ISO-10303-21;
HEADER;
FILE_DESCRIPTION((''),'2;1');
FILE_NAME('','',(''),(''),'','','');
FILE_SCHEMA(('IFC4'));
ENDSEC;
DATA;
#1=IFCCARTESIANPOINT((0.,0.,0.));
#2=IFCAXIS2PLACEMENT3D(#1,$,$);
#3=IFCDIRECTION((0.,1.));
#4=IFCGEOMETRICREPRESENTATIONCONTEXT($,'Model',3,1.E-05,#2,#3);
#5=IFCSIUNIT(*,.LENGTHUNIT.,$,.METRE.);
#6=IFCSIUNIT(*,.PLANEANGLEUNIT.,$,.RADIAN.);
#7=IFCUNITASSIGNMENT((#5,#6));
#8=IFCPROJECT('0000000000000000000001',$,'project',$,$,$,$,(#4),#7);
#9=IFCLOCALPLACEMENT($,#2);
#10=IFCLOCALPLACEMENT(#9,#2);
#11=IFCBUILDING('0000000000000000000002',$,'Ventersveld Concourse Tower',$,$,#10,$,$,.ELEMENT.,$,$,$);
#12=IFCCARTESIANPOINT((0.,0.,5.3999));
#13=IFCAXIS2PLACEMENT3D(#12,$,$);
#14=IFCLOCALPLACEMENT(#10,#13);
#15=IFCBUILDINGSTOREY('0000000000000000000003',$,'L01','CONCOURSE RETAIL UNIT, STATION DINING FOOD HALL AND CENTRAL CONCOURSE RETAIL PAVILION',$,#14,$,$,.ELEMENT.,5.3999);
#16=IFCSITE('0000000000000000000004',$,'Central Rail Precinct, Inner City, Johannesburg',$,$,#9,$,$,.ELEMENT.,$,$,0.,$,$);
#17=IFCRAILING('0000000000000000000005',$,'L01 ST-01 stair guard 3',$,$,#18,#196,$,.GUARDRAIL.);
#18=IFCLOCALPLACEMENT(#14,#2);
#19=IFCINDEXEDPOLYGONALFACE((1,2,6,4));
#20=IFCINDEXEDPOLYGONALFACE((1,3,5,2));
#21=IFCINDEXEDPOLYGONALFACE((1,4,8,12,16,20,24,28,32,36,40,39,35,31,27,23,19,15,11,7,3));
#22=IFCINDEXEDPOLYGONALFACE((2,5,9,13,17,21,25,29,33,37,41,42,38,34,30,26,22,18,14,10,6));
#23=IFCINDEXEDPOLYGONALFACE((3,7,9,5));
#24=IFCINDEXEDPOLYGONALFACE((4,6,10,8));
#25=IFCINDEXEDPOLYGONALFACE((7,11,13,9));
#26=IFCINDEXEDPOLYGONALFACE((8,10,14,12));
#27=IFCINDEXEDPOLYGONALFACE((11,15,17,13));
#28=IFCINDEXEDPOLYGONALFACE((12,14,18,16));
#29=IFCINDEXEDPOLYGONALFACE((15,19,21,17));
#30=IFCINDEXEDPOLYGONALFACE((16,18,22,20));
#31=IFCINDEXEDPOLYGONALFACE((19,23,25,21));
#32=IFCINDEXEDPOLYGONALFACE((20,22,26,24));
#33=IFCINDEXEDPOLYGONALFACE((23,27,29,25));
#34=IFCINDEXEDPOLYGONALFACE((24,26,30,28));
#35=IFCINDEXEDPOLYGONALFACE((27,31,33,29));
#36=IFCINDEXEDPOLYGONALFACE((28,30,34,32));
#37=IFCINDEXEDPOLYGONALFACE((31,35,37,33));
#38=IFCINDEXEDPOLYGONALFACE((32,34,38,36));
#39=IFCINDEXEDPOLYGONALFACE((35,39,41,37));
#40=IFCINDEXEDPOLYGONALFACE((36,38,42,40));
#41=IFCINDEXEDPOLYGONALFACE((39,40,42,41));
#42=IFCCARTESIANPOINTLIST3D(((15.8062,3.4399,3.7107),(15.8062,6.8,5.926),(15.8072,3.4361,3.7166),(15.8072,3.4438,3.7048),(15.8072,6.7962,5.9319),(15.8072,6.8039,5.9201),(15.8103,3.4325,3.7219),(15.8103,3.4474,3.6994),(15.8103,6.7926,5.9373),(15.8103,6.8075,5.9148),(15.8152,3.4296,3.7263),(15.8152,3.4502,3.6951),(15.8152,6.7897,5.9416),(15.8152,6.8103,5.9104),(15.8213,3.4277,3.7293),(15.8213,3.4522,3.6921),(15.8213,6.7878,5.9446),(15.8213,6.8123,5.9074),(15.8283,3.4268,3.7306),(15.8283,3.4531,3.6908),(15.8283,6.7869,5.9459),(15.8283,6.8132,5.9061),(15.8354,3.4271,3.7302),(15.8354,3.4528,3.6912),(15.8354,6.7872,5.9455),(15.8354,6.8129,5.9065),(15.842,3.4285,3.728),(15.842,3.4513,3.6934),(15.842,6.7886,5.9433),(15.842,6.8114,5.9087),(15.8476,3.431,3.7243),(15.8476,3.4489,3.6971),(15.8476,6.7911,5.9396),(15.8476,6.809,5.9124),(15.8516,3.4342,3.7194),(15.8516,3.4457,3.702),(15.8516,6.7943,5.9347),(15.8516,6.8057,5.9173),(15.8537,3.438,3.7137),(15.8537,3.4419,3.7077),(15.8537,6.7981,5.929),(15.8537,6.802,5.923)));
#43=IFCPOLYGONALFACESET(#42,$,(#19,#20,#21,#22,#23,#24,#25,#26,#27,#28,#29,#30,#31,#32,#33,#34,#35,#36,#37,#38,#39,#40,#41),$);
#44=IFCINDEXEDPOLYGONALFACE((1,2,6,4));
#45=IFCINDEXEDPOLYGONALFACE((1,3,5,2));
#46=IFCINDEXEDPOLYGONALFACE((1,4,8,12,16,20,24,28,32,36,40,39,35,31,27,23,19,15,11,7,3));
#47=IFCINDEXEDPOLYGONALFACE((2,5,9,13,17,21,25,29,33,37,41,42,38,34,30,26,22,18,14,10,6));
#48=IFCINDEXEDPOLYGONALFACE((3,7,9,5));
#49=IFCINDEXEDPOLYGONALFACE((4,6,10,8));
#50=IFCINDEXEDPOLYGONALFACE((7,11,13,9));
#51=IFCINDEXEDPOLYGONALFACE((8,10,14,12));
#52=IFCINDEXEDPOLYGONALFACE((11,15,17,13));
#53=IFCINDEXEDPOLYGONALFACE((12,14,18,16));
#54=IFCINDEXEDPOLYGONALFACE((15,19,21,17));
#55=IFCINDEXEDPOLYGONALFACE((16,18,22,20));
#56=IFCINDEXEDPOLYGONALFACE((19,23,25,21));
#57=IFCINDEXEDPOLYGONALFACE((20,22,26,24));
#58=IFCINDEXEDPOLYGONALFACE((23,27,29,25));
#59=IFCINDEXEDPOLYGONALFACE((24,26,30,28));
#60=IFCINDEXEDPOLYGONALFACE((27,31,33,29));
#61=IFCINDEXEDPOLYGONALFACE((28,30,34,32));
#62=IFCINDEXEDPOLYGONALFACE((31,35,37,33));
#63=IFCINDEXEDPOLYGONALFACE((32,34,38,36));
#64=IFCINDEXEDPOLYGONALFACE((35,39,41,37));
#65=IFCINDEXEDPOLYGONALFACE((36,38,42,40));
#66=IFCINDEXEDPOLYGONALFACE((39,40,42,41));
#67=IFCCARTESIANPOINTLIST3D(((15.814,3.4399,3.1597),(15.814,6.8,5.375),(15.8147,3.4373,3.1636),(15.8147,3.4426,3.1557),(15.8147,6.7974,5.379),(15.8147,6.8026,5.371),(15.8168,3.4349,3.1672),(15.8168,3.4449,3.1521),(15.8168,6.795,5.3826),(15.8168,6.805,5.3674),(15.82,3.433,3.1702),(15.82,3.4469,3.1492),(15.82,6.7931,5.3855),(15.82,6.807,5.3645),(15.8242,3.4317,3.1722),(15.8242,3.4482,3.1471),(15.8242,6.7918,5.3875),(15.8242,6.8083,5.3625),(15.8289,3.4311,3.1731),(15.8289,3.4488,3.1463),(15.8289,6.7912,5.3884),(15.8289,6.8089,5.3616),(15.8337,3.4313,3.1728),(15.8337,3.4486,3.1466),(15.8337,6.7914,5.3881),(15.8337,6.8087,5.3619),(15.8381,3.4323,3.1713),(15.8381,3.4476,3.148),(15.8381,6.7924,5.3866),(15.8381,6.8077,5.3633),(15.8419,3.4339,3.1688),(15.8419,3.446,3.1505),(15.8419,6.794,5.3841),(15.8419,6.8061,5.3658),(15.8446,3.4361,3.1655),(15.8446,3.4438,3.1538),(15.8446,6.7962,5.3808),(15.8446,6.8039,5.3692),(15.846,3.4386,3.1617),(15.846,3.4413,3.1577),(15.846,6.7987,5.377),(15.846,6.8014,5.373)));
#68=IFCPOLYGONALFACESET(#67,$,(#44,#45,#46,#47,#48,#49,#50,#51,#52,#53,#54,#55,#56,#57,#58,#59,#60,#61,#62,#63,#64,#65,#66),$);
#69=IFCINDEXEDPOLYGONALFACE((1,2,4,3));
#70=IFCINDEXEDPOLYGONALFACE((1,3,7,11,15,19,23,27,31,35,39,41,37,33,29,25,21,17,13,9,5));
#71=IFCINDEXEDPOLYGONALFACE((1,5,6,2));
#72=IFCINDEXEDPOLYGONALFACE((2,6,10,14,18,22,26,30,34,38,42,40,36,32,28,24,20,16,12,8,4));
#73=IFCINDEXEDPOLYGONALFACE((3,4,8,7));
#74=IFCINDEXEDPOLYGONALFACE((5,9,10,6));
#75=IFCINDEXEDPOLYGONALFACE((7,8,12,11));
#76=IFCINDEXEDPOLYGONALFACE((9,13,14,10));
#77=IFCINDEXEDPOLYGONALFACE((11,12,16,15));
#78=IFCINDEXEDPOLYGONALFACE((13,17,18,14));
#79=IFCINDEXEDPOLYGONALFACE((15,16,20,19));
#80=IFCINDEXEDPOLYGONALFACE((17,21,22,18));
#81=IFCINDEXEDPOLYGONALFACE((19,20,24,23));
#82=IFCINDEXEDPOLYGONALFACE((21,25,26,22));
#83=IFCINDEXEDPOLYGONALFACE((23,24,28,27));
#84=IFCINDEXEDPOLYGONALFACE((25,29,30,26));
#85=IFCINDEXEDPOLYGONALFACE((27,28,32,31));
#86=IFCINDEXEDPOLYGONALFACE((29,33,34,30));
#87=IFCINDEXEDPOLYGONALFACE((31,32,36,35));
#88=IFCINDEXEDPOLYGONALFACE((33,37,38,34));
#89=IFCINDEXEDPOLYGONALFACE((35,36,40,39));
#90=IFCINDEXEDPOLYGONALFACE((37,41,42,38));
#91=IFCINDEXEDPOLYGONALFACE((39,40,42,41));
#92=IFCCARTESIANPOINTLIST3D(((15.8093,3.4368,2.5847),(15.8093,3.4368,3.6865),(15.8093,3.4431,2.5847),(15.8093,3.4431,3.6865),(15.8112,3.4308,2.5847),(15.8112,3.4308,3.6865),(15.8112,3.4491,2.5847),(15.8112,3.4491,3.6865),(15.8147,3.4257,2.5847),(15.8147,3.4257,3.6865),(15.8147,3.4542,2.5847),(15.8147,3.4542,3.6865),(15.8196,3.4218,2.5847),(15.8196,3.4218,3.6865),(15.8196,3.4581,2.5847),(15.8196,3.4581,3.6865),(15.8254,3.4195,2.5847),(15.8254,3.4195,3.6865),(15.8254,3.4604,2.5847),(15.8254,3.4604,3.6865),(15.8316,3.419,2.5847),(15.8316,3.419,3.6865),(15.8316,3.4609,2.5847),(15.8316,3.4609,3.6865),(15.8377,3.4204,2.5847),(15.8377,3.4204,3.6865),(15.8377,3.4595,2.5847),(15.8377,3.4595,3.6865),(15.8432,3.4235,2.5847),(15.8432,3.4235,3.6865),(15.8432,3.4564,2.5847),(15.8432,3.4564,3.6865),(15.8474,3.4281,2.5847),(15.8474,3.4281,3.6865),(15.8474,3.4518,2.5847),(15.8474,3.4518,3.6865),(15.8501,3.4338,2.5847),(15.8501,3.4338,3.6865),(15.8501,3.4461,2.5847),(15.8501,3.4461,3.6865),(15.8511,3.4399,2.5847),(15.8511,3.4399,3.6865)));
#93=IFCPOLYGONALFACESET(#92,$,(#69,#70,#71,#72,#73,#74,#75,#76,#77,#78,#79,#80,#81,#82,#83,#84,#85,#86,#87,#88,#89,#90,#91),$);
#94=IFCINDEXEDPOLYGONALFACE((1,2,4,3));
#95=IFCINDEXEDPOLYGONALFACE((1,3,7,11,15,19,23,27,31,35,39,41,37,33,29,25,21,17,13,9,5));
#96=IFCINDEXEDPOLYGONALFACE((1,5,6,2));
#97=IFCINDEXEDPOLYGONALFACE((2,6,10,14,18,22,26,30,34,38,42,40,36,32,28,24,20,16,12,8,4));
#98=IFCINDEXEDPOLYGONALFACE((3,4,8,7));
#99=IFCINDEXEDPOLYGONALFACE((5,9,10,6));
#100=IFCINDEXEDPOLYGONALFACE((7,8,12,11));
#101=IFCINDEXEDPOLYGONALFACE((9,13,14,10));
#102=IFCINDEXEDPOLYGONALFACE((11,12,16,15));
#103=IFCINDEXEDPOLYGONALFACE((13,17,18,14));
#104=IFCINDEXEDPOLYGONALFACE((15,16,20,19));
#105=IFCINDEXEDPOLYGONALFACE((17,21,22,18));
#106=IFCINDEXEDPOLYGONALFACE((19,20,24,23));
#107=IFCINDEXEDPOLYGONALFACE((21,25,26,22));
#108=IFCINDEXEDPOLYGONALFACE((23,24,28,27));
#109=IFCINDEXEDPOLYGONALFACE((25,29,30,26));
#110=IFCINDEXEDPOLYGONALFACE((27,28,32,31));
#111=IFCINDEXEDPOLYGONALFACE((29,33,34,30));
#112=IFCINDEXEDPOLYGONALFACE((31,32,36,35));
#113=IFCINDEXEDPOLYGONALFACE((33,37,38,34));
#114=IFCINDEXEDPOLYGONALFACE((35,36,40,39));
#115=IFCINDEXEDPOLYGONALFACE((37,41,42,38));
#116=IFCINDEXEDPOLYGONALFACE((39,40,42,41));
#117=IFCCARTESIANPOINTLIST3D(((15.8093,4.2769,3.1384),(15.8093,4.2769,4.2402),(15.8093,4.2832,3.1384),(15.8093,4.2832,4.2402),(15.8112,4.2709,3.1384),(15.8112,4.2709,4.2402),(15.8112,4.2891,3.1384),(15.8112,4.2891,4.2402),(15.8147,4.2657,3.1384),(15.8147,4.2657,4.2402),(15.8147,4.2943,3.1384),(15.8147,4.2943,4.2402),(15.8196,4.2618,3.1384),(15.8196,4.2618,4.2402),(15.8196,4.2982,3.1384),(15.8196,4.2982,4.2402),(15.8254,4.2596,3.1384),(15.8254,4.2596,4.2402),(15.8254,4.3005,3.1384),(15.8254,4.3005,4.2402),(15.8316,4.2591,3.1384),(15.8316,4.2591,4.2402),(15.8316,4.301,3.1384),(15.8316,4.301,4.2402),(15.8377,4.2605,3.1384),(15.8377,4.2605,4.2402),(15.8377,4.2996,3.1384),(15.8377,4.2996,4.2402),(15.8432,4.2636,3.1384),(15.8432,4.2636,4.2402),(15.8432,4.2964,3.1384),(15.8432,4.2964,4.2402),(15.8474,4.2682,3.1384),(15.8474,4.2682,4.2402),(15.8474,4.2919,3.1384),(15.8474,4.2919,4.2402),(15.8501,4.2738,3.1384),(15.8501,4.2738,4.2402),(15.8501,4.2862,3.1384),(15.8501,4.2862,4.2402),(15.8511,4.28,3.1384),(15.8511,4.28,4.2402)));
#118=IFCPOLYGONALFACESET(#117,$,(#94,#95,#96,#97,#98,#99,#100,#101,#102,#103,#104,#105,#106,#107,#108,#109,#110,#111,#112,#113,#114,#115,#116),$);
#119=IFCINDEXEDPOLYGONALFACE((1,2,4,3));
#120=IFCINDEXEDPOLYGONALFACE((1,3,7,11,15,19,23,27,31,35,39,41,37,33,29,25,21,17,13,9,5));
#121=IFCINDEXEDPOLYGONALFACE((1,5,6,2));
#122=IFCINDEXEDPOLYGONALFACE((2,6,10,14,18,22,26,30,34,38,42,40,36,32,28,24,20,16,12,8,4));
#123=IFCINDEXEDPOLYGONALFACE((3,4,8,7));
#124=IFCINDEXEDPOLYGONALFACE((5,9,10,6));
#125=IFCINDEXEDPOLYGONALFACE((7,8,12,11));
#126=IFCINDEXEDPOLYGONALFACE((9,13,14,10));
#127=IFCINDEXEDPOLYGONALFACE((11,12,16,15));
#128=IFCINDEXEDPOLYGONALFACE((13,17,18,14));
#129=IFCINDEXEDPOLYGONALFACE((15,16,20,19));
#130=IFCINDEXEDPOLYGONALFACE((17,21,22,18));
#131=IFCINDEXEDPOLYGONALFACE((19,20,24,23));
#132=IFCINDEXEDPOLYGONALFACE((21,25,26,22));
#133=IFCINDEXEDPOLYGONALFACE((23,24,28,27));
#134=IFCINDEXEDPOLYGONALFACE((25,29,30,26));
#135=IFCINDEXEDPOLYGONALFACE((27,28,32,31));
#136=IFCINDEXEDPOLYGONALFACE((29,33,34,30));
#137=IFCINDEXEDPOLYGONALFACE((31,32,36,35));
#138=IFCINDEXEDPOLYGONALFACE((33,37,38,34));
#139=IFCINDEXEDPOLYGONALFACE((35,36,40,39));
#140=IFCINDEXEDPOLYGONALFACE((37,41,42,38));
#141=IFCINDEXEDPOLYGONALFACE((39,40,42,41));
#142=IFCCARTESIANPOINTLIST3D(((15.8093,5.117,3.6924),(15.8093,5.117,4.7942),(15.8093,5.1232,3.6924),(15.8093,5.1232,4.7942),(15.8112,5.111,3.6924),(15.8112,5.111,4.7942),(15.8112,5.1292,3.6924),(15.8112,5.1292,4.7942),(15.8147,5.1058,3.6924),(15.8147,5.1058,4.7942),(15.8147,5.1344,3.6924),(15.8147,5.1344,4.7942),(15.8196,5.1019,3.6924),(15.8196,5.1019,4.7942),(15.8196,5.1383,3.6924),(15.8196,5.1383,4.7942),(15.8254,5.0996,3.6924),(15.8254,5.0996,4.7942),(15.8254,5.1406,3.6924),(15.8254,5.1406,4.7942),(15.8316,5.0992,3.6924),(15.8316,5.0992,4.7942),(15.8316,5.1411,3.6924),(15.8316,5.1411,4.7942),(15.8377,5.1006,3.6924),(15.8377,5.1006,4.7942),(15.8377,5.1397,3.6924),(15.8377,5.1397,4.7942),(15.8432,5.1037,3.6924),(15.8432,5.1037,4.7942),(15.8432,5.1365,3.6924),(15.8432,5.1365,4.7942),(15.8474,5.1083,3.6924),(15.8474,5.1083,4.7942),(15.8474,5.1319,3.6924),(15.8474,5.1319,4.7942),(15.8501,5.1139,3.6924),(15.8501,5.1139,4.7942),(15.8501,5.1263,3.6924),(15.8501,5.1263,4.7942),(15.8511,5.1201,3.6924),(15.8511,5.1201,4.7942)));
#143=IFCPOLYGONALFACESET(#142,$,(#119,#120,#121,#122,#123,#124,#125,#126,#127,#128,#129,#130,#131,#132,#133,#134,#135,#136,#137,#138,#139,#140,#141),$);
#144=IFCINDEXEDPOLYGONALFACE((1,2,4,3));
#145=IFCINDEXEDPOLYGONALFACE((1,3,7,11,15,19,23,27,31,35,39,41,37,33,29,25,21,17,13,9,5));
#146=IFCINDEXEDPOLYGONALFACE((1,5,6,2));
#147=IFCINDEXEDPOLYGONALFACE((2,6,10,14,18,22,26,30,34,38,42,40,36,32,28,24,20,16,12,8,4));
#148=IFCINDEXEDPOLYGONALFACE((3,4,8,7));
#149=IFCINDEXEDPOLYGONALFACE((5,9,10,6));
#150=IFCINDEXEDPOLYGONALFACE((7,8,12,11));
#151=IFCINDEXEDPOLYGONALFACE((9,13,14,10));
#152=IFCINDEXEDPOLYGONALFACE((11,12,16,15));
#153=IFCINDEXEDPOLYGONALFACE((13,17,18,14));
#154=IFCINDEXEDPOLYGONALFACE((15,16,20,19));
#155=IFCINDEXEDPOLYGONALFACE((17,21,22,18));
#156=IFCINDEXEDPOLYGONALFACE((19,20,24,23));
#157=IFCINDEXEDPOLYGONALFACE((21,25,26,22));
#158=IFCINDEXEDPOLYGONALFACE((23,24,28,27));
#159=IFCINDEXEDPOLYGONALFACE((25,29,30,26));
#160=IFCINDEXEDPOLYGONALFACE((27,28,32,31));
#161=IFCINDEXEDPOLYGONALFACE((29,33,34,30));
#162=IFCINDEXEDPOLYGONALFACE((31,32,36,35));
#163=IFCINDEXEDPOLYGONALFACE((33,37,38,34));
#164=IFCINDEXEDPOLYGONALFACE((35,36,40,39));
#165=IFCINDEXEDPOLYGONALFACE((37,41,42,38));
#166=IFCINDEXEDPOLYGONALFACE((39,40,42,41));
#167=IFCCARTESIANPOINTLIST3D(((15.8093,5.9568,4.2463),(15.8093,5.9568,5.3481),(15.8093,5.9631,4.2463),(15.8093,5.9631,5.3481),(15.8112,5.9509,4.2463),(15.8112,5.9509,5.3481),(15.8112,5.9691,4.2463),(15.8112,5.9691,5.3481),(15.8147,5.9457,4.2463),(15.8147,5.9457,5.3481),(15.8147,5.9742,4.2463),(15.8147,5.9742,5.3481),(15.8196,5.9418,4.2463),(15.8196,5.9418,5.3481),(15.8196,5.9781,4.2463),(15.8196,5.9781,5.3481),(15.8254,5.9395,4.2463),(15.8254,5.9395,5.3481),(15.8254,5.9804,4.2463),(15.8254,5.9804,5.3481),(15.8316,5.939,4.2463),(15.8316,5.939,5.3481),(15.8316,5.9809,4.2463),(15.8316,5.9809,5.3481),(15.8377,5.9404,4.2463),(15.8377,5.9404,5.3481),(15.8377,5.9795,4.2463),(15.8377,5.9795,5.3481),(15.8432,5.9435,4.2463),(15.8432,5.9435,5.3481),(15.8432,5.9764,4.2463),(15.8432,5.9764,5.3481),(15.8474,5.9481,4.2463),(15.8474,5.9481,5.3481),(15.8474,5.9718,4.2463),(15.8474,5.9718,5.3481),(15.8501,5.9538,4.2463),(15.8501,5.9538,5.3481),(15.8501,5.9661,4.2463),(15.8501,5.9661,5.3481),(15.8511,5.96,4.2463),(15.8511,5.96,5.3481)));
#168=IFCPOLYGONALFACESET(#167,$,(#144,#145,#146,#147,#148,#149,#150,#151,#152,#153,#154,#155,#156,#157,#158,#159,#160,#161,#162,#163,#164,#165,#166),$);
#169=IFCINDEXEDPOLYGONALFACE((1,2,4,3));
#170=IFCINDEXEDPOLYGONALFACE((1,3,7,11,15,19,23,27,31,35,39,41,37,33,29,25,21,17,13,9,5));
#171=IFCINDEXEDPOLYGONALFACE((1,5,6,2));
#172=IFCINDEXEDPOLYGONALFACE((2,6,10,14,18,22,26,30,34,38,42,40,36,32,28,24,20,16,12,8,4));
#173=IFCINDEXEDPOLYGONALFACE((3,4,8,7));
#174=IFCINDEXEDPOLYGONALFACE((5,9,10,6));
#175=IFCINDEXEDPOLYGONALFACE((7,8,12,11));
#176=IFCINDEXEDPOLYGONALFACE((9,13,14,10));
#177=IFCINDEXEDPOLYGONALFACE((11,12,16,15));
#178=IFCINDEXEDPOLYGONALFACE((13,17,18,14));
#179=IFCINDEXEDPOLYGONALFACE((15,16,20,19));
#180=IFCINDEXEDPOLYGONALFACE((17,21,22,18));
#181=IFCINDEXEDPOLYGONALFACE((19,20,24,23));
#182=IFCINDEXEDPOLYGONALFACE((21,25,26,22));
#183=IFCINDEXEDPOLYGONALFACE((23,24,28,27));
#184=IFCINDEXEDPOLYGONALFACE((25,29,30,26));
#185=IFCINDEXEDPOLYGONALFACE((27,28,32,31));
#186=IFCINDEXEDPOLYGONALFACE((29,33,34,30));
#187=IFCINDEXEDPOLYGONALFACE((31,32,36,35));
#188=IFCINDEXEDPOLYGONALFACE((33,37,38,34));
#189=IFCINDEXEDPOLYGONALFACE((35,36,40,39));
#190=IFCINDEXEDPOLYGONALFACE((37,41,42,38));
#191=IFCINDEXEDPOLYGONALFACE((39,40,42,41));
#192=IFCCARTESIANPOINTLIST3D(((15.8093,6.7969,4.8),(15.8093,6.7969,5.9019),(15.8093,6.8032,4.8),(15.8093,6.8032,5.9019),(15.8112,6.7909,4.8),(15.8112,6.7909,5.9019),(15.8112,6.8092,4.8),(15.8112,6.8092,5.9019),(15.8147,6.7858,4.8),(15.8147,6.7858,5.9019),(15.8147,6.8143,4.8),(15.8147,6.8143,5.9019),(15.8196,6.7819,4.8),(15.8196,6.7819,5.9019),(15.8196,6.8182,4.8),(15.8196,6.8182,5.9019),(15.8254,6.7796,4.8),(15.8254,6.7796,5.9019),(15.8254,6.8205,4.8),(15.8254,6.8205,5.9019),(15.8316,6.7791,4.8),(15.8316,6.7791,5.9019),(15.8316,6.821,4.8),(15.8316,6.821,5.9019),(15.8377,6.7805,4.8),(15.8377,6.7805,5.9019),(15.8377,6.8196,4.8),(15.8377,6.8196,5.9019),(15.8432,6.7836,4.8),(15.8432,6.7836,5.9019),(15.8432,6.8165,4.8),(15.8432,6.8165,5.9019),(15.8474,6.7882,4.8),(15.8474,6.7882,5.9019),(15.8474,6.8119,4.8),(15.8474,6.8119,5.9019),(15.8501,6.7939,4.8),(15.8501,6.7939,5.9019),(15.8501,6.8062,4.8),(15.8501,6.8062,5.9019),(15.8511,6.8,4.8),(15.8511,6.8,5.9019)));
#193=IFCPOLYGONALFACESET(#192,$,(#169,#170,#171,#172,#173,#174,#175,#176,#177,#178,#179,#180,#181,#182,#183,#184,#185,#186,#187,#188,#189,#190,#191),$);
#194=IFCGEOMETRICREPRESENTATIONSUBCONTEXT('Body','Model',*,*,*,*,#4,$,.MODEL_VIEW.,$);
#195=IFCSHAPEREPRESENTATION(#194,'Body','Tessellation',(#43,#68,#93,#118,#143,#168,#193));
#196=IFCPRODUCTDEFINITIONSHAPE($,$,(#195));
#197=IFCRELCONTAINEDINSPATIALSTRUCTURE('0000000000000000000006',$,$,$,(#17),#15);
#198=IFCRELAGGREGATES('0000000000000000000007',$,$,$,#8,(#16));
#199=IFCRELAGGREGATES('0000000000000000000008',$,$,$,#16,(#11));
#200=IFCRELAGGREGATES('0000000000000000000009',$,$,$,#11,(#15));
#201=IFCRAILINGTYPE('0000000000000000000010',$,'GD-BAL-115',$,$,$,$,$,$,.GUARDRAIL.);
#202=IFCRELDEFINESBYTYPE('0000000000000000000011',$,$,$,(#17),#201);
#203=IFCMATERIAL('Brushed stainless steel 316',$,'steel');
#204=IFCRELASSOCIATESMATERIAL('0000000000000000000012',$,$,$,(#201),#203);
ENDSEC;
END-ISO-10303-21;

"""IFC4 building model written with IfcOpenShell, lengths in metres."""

from ifc_helpers import new_model, si_unit, direction, frame, origin, origin_2d, place, context, subcontext, project, spatial, circle, extrude, material, type_object, element, save


model = new_model("IFC4")

# Units and contexts
model_context = context("Model", 3, precision=1e-05, world=origin(), true_north=direction((0.0, 1.0)))
body_context = subcontext(model_context, "Body", "Model", "MODEL_VIEW")
ifc_project = project(units=[si_unit("LENGTHUNIT", "METRE"), si_unit("PLANEANGLEUNIT", "RADIAN")], contexts=[model_context])

# Site, building, storey
site_placement = place(None, origin())
site = spatial("IfcSite", under=ifc_project, at=site_placement, Name="Central Rail Precinct, Inner City, Johannesburg", CompositionType="ELEMENT", RefElevation=0.0)
building_placement = place(site_placement, origin())
building = spatial("IfcBuilding", under=site, at=building_placement, Name="Ventersveld Concourse Tower", CompositionType="ELEMENT")
storey_placement = place(building_placement, frame((0.0, 0.0, 5.3999)))
storey = spatial("IfcBuildingStorey", under=building, at=storey_placement, Name="L01", Description="CONCOURSE RETAIL UNIT, STATION DINING FOOD HALL AND CENTRAL CONCOURSE RETAIL PAVILION", CompositionType="ELEMENT", Elevation=5.3999)

# Shared definitions
ifc_material_1 = material(Name="Brushed stainless steel 316", Category="steel")

# Railing
railing_type_1 = type_object("IfcRailingType", Name="GD-BAL-115", PredefinedType="GUARDRAIL", material=ifc_material_1)
railing_1_placement = place(storey_placement, frame((15.8301, 3.4399, 2.5847)))
element("IfcRailing", 1, at=railing_1_placement, inside=storey, type_object=railing_type_1, Name="L01 ST-01 stair guard 3", PredefinedType="GUARDRAIL", context=body_context, shape_type="SweptSolid", body=[
    extrude(circle(Radius=0.0239, at=origin_2d()), frame((0.0, 0.0, 1.126), z_axis=(0.0, 0.834876, 0.550437), x_axis=(-1.0, 0.0, 0.0)), (0.0, 0.0, 1.0), 4.0247),
    extrude(circle(Radius=0.0161, at=origin_2d()), frame((0.0, 0.0, 0.575), z_axis=(0.0, 0.834876, 0.550437), x_axis=(-1.0, 0.0, 0.0)), (0.0, 0.0, 1.0), 4.0247),
    extrude(circle(Radius=0.021, at=origin_2d()), origin(), (0.0, 0.0, 1.0), 1.1018),
    extrude(circle(Radius=0.021, at=origin_2d()), frame((0.0, 0.8401, 0.5537)), (0.0, 0.0, 1.0), 1.1018),
    extrude(circle(Radius=0.021, at=origin_2d()), frame((0.0, 1.6802, 1.1077)), (0.0, 0.0, 1.0), 1.1018),
    extrude(circle(Radius=0.021, at=origin_2d()), frame((0.0, 2.52, 1.6616)), (0.0, 0.0, 1.0), 1.1018),
    extrude(circle(Radius=0.021, at=origin_2d()), frame((0.0, 3.3601, 2.2153)), (0.0, 0.0, 1.0), 1.1018),
])

save(model, "model.ifc")
